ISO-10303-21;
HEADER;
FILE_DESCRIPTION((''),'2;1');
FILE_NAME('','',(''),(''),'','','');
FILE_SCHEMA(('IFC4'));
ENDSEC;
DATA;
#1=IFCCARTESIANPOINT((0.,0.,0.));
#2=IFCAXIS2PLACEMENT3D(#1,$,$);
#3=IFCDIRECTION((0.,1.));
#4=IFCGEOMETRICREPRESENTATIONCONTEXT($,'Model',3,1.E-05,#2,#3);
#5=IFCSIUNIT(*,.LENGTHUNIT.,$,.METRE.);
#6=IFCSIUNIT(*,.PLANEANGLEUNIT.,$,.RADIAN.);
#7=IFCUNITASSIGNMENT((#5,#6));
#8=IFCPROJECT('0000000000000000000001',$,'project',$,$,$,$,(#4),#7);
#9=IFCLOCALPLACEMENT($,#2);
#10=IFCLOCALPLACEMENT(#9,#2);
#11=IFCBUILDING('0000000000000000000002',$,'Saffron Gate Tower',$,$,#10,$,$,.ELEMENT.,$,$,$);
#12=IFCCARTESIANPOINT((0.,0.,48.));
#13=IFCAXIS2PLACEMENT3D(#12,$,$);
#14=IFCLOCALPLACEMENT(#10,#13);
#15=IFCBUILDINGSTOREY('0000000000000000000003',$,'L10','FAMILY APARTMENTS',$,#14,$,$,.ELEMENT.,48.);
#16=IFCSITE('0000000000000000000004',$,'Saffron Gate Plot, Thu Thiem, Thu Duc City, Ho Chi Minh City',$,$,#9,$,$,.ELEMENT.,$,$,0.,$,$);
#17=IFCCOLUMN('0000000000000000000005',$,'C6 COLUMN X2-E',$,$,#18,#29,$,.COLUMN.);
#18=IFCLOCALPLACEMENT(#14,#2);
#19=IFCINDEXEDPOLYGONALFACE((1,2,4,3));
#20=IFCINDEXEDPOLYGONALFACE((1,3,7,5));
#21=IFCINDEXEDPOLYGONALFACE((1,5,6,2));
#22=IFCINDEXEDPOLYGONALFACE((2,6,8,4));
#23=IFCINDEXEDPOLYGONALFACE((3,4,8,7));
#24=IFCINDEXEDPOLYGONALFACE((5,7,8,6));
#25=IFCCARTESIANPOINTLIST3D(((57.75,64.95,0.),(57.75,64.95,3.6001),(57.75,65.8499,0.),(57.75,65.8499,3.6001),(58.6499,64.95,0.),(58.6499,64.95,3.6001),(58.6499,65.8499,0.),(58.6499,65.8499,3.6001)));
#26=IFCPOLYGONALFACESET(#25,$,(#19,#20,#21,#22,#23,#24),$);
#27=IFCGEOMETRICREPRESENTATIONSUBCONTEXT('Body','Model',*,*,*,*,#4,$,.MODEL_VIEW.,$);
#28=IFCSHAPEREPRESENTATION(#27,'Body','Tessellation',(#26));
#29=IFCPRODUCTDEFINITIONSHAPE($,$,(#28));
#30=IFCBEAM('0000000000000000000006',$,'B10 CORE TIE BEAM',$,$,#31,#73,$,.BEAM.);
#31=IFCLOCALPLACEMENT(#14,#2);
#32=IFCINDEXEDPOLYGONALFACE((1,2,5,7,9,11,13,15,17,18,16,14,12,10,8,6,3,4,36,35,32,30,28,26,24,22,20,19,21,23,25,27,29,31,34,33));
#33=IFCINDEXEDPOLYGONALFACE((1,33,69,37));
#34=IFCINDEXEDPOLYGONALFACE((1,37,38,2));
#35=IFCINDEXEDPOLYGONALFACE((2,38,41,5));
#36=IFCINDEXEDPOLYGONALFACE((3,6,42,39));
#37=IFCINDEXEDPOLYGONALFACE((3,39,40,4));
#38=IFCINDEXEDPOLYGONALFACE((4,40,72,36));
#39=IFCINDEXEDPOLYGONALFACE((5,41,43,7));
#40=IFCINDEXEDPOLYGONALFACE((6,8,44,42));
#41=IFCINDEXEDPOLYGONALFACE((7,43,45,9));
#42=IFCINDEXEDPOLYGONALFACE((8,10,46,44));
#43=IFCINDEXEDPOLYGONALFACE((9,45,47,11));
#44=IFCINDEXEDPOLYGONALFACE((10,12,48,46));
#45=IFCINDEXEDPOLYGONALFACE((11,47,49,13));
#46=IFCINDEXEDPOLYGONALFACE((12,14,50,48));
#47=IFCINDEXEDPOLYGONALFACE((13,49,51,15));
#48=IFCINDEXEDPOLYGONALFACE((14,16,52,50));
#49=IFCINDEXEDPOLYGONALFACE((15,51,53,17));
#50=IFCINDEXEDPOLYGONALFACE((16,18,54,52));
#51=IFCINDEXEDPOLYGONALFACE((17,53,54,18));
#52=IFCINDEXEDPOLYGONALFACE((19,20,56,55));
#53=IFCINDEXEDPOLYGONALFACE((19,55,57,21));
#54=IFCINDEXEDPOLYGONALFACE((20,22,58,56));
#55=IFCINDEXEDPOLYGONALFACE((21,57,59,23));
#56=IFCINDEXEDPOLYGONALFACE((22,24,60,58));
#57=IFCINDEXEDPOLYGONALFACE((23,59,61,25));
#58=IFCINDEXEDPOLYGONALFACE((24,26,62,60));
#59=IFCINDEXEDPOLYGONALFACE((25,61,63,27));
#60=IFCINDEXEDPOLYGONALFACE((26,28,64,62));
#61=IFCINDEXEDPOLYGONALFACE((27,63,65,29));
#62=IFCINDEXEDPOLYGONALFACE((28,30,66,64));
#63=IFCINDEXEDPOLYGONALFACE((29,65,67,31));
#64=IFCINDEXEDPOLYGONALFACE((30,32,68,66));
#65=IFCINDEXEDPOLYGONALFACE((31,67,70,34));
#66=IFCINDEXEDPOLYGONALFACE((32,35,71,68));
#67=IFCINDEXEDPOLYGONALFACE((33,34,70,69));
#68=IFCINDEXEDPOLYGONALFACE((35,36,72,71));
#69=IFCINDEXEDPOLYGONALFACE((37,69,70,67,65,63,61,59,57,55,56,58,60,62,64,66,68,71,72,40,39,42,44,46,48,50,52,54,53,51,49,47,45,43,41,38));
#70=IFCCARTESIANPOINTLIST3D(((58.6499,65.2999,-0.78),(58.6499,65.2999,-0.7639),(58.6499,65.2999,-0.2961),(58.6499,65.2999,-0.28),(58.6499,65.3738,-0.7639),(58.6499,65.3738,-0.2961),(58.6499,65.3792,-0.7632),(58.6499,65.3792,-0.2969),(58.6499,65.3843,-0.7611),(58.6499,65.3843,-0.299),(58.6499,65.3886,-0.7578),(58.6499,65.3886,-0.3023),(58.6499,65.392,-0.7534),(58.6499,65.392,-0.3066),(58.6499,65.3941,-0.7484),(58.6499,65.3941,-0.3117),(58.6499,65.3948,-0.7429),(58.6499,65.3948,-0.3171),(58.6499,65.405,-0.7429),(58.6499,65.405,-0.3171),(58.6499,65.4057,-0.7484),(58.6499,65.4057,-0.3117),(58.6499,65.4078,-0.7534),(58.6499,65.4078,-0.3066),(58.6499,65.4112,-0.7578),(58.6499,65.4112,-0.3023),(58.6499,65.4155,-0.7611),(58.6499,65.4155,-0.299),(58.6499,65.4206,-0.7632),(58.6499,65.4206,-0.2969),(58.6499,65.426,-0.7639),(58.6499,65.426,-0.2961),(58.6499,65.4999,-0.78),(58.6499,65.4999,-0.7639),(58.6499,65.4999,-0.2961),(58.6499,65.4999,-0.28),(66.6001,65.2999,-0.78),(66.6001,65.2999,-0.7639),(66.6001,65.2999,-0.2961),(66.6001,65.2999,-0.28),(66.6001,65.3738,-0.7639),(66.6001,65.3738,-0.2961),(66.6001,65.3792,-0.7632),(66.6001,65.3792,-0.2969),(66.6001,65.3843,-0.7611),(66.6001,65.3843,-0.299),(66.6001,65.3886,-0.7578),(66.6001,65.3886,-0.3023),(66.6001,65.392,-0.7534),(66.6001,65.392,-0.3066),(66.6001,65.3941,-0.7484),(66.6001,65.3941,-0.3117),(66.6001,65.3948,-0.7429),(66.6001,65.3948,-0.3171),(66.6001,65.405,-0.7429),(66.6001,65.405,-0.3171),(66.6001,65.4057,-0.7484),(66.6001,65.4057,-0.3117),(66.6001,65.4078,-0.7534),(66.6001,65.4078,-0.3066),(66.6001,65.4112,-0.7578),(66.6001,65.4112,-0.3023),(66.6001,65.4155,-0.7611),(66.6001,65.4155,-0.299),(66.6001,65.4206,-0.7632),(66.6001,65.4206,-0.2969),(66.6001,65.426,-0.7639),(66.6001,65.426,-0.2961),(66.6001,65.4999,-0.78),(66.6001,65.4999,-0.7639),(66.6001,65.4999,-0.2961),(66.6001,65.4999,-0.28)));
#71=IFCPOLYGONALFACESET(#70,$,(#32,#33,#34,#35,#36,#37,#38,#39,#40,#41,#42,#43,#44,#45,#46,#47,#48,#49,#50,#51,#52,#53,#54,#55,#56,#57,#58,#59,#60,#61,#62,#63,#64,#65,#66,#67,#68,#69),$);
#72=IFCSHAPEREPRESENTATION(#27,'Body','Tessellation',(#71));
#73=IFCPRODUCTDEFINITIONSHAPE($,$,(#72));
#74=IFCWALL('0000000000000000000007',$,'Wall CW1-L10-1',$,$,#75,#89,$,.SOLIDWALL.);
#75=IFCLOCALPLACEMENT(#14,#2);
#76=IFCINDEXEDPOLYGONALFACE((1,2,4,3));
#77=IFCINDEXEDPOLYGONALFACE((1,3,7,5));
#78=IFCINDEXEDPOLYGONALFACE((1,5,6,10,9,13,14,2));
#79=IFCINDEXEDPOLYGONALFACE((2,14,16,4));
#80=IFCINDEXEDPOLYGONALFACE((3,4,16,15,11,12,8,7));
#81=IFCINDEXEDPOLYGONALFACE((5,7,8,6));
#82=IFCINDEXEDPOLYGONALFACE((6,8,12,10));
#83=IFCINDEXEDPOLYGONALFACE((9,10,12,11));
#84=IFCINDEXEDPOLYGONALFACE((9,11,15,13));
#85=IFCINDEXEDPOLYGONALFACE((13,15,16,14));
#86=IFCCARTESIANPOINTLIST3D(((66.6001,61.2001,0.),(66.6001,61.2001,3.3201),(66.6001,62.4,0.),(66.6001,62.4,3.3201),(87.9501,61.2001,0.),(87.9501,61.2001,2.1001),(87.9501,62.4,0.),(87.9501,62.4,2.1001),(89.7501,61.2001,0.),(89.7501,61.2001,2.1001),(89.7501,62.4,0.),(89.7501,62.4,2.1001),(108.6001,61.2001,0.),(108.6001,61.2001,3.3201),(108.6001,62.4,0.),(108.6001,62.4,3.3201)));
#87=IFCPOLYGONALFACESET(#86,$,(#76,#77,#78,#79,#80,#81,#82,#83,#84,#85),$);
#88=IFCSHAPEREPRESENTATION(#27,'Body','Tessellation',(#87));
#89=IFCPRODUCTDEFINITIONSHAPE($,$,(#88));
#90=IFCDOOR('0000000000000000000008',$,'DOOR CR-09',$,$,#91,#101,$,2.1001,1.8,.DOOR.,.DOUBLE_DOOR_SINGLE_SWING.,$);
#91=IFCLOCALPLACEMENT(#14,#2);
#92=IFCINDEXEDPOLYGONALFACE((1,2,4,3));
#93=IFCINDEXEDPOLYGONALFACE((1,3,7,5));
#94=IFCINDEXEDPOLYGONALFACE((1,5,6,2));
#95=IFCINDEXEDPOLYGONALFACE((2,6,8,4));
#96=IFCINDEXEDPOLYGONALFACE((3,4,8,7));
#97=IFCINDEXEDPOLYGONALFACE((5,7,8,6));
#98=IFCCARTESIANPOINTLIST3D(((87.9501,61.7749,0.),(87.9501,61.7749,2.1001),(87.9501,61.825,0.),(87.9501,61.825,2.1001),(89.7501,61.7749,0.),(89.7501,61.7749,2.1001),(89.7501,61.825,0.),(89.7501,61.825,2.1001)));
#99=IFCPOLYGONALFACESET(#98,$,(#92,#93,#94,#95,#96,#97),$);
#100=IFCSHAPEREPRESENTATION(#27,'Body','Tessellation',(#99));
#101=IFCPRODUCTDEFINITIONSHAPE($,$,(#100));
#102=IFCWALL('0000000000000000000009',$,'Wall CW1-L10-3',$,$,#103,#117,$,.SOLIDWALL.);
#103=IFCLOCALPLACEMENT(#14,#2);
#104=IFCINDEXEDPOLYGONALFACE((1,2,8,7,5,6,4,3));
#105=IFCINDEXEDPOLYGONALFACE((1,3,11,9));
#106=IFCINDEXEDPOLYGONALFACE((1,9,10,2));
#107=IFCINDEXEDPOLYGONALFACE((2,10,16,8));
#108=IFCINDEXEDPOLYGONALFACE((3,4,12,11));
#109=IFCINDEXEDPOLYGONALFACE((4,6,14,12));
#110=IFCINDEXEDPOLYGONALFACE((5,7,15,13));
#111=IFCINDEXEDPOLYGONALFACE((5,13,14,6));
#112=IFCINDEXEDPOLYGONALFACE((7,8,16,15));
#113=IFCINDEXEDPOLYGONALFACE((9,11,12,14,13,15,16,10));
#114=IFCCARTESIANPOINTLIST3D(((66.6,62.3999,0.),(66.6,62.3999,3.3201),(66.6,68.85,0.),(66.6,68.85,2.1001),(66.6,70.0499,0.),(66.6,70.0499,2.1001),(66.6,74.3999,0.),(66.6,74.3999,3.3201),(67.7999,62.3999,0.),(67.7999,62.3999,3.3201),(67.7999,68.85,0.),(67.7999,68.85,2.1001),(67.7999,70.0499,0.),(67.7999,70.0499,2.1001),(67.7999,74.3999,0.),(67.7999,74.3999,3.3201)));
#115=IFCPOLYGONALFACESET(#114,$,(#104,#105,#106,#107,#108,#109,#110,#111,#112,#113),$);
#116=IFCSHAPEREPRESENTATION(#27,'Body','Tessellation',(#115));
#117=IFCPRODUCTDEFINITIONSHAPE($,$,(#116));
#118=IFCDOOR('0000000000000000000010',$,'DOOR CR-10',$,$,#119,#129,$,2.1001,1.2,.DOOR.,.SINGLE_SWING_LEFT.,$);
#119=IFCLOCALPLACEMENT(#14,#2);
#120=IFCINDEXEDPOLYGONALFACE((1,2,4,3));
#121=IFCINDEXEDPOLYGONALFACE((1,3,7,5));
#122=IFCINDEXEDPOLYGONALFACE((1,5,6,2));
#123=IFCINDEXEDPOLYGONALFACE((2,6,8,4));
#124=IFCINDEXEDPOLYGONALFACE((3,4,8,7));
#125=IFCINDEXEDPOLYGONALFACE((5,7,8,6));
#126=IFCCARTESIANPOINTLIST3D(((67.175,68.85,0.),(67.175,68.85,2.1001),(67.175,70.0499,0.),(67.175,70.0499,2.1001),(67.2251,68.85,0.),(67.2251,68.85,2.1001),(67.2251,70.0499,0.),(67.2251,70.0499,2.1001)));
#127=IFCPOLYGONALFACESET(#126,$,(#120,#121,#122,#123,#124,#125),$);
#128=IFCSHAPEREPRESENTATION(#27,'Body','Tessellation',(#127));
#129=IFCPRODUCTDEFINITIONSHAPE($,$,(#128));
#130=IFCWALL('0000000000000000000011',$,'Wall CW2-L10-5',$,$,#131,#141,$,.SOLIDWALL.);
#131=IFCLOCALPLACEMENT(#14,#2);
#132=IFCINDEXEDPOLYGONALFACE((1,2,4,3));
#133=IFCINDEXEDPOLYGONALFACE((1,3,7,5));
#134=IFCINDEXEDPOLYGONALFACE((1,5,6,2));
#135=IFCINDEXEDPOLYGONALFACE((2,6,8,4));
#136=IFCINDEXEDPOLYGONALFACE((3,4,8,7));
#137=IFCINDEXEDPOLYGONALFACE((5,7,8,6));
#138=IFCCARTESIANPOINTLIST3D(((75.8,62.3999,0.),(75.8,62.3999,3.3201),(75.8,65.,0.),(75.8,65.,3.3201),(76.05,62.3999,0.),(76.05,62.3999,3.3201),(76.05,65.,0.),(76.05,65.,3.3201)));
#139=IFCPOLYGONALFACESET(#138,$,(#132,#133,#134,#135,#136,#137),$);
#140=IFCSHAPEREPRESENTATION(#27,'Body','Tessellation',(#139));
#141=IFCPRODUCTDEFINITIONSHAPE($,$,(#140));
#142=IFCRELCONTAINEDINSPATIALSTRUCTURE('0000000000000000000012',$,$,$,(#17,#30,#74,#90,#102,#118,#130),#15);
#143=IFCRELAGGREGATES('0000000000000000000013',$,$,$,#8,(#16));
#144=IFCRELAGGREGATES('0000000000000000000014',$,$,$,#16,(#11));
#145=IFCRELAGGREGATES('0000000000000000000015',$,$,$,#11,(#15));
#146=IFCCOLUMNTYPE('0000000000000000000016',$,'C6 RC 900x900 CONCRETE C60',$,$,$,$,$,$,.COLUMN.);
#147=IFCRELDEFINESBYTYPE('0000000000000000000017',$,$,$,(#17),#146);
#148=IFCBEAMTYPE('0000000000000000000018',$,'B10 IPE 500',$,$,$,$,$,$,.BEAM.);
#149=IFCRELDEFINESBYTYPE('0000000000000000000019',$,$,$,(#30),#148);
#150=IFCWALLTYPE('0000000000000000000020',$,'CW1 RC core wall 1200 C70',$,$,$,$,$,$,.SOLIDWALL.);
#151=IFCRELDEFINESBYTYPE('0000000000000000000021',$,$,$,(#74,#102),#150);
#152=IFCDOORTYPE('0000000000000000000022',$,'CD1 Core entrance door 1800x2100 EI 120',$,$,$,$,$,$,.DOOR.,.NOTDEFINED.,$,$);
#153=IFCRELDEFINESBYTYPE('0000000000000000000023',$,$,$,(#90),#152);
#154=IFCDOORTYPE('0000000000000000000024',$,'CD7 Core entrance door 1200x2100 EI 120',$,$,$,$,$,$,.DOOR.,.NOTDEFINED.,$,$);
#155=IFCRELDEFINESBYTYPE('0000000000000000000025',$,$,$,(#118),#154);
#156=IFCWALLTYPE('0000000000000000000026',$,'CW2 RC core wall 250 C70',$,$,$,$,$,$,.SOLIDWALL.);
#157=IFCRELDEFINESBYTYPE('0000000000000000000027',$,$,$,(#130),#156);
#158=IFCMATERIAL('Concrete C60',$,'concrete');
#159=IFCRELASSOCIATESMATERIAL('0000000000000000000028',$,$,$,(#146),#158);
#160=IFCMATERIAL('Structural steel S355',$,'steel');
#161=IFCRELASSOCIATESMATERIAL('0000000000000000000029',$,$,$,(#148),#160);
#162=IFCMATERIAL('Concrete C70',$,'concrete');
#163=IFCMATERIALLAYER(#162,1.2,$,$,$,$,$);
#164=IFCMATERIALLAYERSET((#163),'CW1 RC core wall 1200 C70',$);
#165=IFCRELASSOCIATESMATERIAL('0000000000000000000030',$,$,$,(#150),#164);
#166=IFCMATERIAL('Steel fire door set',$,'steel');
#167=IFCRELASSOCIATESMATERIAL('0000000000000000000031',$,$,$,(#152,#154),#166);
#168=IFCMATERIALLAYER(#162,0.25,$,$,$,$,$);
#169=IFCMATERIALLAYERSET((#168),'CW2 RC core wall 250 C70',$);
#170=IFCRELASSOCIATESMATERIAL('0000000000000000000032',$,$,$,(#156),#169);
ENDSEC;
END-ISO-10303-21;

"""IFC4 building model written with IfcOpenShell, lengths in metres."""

from ifc_helpers import new_model, si_unit, direction, frame, frame_2d, origin, origin_2d, place, context, subcontext, project, spatial, rectangle, i_section, extrude, material, layer, layer_set, material_profile, profile_set, type_object, element, fill, save


model = new_model("IFC4")

# Units and contexts
model_context = context("Model", 3, precision=1e-05, world=origin(), true_north=direction((0.0, 1.0)))
body_context = subcontext(model_context, "Body", "Model", "MODEL_VIEW")
ifc_project = project(units=[si_unit("LENGTHUNIT", "METRE"), si_unit("PLANEANGLEUNIT", "RADIAN")], contexts=[model_context])

# Site, building, storey
site_placement = place(None, origin())
site = spatial("IfcSite", under=ifc_project, at=site_placement, Name="Saffron Gate Plot, Thu Thiem, Thu Duc City, Ho Chi Minh City", CompositionType="ELEMENT", RefElevation=0.0)
building_placement = place(site_placement, origin())
building = spatial("IfcBuilding", under=site, at=building_placement, Name="Saffron Gate Tower", CompositionType="ELEMENT")
storey_placement = place(building_placement, frame((0.0, 0.0, 48.0)))
storey = spatial("IfcBuildingStorey", under=building, at=storey_placement, Name="L10", Description="FAMILY APARTMENTS", CompositionType="ELEMENT", Elevation=48.0)

# Column
ifc_material_1 = material(Name="Concrete C60", Category="concrete")
ifc_material_profile_1 = material_profile(ifc_material_1, rectangle(XDim=0.8999, YDim=0.8999, at=origin_2d()))
ifc_profile_set_1 = profile_set([ifc_material_profile_1], Name="Concrete C60")
column_type = type_object("IfcColumnType", Name="C6 RC 900x900 CONCRETE C60", PredefinedType="COLUMN", material=ifc_profile_set_1)
column_placement = place(storey_placement, frame((58.2, 65.3999, 0.0), z_axis=(0.0, 0.0, 1.0), x_axis=(1.0, 0.0, 0.0)))
element("IfcColumn", 1, at=column_placement, inside=storey, type_object=column_type, Name="C6 COLUMN X2-E", PredefinedType="COLUMN", context=body_context, shape_type="SweptSolid", body=[
    extrude(rectangle(XDim=0.8999, YDim=0.8999, at=origin_2d()), origin(), (0.0, 0.0, 1.0), 3.6001),
])

# Beam
ifc_material_2 = material(Name="Structural steel S355", Category="steel")
ifc_material_profile_2 = material_profile(ifc_material_2, i_section(OverallWidth=0.2, OverallDepth=0.5, WebThickness=0.0103, FlangeThickness=0.0161, FilletRadius=0.021, at=origin_2d()))
ifc_profile_set_2 = profile_set([ifc_material_profile_2], Name="Structural steel S355")
beam_type = type_object("IfcBeamType", Name="B10 IPE 500", PredefinedType="BEAM", material=ifc_profile_set_2)
beam_placement = place(storey_placement, frame((58.6499, 65.3999, -0.53), z_axis=(1.0, 0.0, 0.0), x_axis=(0.0, 1.0, 0.0)))
element("IfcBeam", 2, at=beam_placement, inside=storey, type_object=beam_type, Name="B10 CORE TIE BEAM", PredefinedType="BEAM", context=body_context, shape_type="SweptSolid", body=[
    extrude(i_section(OverallWidth=0.2, OverallDepth=0.5, WebThickness=0.0103, FlangeThickness=0.0161, FilletRadius=0.021, at=origin_2d()), origin(), (0.0, 0.0, 1.0), 7.9502),
])

# Walls, openings, doors
ifc_material_3 = material(Name="Concrete C70", Category="concrete")
ifc_layer_1 = layer(ifc_material_3, 1.2)
ifc_layer_set_1 = layer_set([ifc_layer_1], Name="CW1 RC core wall 1200 C70")
wall_type_1 = type_object("IfcWallType", Name="CW1 RC core wall 1200 C70", PredefinedType="SOLIDWALL", material=ifc_layer_set_1)
wall_1_placement = place(storey_placement, frame((66.6001, 61.8, 0.0), z_axis=(0.0, 0.0, 1.0), x_axis=(1.0, 0.0, 0.0)))
wall_1 = element("IfcWall", 3, at=wall_1_placement, inside=storey, type_object=wall_type_1, Name="Wall CW1-L10-1", PredefinedType="SOLIDWALL", context=body_context, shape_type="SweptSolid", body=[
    extrude(rectangle(XDim=42.0, YDim=1.2, at=frame_2d((21.0, 0.0))), origin(), (0.0, 0.0, 1.0), 3.3201),
])
opening_1_placement = place(wall_1_placement, frame((21.3501, 0.0, 0.0)))
opening_1 = element("IfcOpeningElement", 4, at=opening_1_placement, cuts=wall_1, PredefinedType="OPENING", context=body_context, shape_type="SweptSolid", body=[
    extrude(rectangle(XDim=1.8, YDim=2.1001, at=frame_2d((0.8999, 1.05))), frame((0.0, 0.6099, 0.0), z_axis=(0.0, -1.0, 0.0), x_axis=(1.0, 0.0, 0.0)), (0.0, 0.0, 1.0), 1.22),
])
ifc_material_4 = material(Name="Steel fire door set", Category="steel")
door_type_1 = type_object("IfcDoorType", Name="CD1 Core entrance door 1800x2100 EI 120", OperationType="NOTDEFINED", PredefinedType="DOOR", material=ifc_material_4)
door_1_placement = place(opening_1_placement, origin())
door_1 = element("IfcDoor", 5, at=door_1_placement, inside=storey, type_object=door_type_1, Name="DOOR CR-09", OperationType="DOUBLE_DOOR_SINGLE_SWING", OverallHeight=2.1001, OverallWidth=1.8, PredefinedType="DOOR", context=body_context, shape_type="SweptSolid", body=[
    extrude(rectangle(XDim=1.8, YDim=2.1001, at=frame_2d((0.8999, 1.05))), frame((0.0, 0.0249, 0.0), z_axis=(0.0, -1.0, 0.0), x_axis=(1.0, 0.0, 0.0)), (0.0, 0.0, 1.0), 0.05),
])
fill(opening_1, door_1)
wall_2_placement = place(storey_placement, frame((67.2, 62.3999, 0.0), z_axis=(0.0, 0.0, 1.0), x_axis=(0.0, 1.0, 0.0)))
wall_2 = element("IfcWall", 6, at=wall_2_placement, inside=storey, type_object=wall_type_1, Name="Wall CW1-L10-3", PredefinedType="SOLIDWALL", context=body_context, shape_type="SweptSolid", body=[
    extrude(rectangle(XDim=12.0, YDim=1.2, at=frame_2d((6.0, 0.0))), origin(), (0.0, 0.0, 1.0), 3.3201),
])
opening_2_placement = place(wall_2_placement, frame((6.45, 0.0, 0.0)))
opening_2 = element("IfcOpeningElement", 7, at=opening_2_placement, cuts=wall_2, PredefinedType="OPENING", context=body_context, shape_type="SweptSolid", body=[
    extrude(rectangle(XDim=1.2, YDim=2.1001, at=frame_2d((0.6001, 1.05))), frame((0.0, 0.6099, 0.0), z_axis=(0.0, -1.0, 0.0), x_axis=(1.0, 0.0, 0.0)), (0.0, 0.0, 1.0), 1.22),
])
door_type_2 = type_object("IfcDoorType", Name="CD7 Core entrance door 1200x2100 EI 120", OperationType="NOTDEFINED", PredefinedType="DOOR", material=ifc_material_4)
door_2_placement = place(opening_2_placement, origin())
door_2 = element("IfcDoor", 8, at=door_2_placement, inside=storey, type_object=door_type_2, Name="DOOR CR-10", OperationType="SINGLE_SWING_LEFT", OverallHeight=2.1001, OverallWidth=1.2, PredefinedType="DOOR", context=body_context, shape_type="SweptSolid", body=[
    extrude(rectangle(XDim=1.2, YDim=2.1001, at=frame_2d((0.6001, 1.05))), frame((0.0, 0.0249, 0.0), z_axis=(0.0, -1.0, 0.0), x_axis=(1.0, 0.0, 0.0)), (0.0, 0.0, 1.0), 0.05),
])
fill(opening_2, door_2)

# Wall
ifc_layer_2 = layer(ifc_material_3, 0.25)
ifc_layer_set_2 = layer_set([ifc_layer_2], Name="CW2 RC core wall 250 C70")
wall_type_2 = type_object("IfcWallType", Name="CW2 RC core wall 250 C70", PredefinedType="SOLIDWALL", material=ifc_layer_set_2)
wall_3_placement = place(storey_placement, frame((75.925, 62.3999, 0.0), z_axis=(0.0, 0.0, 1.0), x_axis=(0.0, 1.0, 0.0)))
element("IfcWall", 9, at=wall_3_placement, inside=storey, type_object=wall_type_2, Name="Wall CW2-L10-5", PredefinedType="SOLIDWALL", context=body_context, shape_type="SweptSolid", body=[
    extrude(rectangle(XDim=2.6001, YDim=0.25, at=frame_2d((1.3, 0.0))), origin(), (0.0, 0.0, 1.0), 3.3201),
])

save(model, "model.ifc")
